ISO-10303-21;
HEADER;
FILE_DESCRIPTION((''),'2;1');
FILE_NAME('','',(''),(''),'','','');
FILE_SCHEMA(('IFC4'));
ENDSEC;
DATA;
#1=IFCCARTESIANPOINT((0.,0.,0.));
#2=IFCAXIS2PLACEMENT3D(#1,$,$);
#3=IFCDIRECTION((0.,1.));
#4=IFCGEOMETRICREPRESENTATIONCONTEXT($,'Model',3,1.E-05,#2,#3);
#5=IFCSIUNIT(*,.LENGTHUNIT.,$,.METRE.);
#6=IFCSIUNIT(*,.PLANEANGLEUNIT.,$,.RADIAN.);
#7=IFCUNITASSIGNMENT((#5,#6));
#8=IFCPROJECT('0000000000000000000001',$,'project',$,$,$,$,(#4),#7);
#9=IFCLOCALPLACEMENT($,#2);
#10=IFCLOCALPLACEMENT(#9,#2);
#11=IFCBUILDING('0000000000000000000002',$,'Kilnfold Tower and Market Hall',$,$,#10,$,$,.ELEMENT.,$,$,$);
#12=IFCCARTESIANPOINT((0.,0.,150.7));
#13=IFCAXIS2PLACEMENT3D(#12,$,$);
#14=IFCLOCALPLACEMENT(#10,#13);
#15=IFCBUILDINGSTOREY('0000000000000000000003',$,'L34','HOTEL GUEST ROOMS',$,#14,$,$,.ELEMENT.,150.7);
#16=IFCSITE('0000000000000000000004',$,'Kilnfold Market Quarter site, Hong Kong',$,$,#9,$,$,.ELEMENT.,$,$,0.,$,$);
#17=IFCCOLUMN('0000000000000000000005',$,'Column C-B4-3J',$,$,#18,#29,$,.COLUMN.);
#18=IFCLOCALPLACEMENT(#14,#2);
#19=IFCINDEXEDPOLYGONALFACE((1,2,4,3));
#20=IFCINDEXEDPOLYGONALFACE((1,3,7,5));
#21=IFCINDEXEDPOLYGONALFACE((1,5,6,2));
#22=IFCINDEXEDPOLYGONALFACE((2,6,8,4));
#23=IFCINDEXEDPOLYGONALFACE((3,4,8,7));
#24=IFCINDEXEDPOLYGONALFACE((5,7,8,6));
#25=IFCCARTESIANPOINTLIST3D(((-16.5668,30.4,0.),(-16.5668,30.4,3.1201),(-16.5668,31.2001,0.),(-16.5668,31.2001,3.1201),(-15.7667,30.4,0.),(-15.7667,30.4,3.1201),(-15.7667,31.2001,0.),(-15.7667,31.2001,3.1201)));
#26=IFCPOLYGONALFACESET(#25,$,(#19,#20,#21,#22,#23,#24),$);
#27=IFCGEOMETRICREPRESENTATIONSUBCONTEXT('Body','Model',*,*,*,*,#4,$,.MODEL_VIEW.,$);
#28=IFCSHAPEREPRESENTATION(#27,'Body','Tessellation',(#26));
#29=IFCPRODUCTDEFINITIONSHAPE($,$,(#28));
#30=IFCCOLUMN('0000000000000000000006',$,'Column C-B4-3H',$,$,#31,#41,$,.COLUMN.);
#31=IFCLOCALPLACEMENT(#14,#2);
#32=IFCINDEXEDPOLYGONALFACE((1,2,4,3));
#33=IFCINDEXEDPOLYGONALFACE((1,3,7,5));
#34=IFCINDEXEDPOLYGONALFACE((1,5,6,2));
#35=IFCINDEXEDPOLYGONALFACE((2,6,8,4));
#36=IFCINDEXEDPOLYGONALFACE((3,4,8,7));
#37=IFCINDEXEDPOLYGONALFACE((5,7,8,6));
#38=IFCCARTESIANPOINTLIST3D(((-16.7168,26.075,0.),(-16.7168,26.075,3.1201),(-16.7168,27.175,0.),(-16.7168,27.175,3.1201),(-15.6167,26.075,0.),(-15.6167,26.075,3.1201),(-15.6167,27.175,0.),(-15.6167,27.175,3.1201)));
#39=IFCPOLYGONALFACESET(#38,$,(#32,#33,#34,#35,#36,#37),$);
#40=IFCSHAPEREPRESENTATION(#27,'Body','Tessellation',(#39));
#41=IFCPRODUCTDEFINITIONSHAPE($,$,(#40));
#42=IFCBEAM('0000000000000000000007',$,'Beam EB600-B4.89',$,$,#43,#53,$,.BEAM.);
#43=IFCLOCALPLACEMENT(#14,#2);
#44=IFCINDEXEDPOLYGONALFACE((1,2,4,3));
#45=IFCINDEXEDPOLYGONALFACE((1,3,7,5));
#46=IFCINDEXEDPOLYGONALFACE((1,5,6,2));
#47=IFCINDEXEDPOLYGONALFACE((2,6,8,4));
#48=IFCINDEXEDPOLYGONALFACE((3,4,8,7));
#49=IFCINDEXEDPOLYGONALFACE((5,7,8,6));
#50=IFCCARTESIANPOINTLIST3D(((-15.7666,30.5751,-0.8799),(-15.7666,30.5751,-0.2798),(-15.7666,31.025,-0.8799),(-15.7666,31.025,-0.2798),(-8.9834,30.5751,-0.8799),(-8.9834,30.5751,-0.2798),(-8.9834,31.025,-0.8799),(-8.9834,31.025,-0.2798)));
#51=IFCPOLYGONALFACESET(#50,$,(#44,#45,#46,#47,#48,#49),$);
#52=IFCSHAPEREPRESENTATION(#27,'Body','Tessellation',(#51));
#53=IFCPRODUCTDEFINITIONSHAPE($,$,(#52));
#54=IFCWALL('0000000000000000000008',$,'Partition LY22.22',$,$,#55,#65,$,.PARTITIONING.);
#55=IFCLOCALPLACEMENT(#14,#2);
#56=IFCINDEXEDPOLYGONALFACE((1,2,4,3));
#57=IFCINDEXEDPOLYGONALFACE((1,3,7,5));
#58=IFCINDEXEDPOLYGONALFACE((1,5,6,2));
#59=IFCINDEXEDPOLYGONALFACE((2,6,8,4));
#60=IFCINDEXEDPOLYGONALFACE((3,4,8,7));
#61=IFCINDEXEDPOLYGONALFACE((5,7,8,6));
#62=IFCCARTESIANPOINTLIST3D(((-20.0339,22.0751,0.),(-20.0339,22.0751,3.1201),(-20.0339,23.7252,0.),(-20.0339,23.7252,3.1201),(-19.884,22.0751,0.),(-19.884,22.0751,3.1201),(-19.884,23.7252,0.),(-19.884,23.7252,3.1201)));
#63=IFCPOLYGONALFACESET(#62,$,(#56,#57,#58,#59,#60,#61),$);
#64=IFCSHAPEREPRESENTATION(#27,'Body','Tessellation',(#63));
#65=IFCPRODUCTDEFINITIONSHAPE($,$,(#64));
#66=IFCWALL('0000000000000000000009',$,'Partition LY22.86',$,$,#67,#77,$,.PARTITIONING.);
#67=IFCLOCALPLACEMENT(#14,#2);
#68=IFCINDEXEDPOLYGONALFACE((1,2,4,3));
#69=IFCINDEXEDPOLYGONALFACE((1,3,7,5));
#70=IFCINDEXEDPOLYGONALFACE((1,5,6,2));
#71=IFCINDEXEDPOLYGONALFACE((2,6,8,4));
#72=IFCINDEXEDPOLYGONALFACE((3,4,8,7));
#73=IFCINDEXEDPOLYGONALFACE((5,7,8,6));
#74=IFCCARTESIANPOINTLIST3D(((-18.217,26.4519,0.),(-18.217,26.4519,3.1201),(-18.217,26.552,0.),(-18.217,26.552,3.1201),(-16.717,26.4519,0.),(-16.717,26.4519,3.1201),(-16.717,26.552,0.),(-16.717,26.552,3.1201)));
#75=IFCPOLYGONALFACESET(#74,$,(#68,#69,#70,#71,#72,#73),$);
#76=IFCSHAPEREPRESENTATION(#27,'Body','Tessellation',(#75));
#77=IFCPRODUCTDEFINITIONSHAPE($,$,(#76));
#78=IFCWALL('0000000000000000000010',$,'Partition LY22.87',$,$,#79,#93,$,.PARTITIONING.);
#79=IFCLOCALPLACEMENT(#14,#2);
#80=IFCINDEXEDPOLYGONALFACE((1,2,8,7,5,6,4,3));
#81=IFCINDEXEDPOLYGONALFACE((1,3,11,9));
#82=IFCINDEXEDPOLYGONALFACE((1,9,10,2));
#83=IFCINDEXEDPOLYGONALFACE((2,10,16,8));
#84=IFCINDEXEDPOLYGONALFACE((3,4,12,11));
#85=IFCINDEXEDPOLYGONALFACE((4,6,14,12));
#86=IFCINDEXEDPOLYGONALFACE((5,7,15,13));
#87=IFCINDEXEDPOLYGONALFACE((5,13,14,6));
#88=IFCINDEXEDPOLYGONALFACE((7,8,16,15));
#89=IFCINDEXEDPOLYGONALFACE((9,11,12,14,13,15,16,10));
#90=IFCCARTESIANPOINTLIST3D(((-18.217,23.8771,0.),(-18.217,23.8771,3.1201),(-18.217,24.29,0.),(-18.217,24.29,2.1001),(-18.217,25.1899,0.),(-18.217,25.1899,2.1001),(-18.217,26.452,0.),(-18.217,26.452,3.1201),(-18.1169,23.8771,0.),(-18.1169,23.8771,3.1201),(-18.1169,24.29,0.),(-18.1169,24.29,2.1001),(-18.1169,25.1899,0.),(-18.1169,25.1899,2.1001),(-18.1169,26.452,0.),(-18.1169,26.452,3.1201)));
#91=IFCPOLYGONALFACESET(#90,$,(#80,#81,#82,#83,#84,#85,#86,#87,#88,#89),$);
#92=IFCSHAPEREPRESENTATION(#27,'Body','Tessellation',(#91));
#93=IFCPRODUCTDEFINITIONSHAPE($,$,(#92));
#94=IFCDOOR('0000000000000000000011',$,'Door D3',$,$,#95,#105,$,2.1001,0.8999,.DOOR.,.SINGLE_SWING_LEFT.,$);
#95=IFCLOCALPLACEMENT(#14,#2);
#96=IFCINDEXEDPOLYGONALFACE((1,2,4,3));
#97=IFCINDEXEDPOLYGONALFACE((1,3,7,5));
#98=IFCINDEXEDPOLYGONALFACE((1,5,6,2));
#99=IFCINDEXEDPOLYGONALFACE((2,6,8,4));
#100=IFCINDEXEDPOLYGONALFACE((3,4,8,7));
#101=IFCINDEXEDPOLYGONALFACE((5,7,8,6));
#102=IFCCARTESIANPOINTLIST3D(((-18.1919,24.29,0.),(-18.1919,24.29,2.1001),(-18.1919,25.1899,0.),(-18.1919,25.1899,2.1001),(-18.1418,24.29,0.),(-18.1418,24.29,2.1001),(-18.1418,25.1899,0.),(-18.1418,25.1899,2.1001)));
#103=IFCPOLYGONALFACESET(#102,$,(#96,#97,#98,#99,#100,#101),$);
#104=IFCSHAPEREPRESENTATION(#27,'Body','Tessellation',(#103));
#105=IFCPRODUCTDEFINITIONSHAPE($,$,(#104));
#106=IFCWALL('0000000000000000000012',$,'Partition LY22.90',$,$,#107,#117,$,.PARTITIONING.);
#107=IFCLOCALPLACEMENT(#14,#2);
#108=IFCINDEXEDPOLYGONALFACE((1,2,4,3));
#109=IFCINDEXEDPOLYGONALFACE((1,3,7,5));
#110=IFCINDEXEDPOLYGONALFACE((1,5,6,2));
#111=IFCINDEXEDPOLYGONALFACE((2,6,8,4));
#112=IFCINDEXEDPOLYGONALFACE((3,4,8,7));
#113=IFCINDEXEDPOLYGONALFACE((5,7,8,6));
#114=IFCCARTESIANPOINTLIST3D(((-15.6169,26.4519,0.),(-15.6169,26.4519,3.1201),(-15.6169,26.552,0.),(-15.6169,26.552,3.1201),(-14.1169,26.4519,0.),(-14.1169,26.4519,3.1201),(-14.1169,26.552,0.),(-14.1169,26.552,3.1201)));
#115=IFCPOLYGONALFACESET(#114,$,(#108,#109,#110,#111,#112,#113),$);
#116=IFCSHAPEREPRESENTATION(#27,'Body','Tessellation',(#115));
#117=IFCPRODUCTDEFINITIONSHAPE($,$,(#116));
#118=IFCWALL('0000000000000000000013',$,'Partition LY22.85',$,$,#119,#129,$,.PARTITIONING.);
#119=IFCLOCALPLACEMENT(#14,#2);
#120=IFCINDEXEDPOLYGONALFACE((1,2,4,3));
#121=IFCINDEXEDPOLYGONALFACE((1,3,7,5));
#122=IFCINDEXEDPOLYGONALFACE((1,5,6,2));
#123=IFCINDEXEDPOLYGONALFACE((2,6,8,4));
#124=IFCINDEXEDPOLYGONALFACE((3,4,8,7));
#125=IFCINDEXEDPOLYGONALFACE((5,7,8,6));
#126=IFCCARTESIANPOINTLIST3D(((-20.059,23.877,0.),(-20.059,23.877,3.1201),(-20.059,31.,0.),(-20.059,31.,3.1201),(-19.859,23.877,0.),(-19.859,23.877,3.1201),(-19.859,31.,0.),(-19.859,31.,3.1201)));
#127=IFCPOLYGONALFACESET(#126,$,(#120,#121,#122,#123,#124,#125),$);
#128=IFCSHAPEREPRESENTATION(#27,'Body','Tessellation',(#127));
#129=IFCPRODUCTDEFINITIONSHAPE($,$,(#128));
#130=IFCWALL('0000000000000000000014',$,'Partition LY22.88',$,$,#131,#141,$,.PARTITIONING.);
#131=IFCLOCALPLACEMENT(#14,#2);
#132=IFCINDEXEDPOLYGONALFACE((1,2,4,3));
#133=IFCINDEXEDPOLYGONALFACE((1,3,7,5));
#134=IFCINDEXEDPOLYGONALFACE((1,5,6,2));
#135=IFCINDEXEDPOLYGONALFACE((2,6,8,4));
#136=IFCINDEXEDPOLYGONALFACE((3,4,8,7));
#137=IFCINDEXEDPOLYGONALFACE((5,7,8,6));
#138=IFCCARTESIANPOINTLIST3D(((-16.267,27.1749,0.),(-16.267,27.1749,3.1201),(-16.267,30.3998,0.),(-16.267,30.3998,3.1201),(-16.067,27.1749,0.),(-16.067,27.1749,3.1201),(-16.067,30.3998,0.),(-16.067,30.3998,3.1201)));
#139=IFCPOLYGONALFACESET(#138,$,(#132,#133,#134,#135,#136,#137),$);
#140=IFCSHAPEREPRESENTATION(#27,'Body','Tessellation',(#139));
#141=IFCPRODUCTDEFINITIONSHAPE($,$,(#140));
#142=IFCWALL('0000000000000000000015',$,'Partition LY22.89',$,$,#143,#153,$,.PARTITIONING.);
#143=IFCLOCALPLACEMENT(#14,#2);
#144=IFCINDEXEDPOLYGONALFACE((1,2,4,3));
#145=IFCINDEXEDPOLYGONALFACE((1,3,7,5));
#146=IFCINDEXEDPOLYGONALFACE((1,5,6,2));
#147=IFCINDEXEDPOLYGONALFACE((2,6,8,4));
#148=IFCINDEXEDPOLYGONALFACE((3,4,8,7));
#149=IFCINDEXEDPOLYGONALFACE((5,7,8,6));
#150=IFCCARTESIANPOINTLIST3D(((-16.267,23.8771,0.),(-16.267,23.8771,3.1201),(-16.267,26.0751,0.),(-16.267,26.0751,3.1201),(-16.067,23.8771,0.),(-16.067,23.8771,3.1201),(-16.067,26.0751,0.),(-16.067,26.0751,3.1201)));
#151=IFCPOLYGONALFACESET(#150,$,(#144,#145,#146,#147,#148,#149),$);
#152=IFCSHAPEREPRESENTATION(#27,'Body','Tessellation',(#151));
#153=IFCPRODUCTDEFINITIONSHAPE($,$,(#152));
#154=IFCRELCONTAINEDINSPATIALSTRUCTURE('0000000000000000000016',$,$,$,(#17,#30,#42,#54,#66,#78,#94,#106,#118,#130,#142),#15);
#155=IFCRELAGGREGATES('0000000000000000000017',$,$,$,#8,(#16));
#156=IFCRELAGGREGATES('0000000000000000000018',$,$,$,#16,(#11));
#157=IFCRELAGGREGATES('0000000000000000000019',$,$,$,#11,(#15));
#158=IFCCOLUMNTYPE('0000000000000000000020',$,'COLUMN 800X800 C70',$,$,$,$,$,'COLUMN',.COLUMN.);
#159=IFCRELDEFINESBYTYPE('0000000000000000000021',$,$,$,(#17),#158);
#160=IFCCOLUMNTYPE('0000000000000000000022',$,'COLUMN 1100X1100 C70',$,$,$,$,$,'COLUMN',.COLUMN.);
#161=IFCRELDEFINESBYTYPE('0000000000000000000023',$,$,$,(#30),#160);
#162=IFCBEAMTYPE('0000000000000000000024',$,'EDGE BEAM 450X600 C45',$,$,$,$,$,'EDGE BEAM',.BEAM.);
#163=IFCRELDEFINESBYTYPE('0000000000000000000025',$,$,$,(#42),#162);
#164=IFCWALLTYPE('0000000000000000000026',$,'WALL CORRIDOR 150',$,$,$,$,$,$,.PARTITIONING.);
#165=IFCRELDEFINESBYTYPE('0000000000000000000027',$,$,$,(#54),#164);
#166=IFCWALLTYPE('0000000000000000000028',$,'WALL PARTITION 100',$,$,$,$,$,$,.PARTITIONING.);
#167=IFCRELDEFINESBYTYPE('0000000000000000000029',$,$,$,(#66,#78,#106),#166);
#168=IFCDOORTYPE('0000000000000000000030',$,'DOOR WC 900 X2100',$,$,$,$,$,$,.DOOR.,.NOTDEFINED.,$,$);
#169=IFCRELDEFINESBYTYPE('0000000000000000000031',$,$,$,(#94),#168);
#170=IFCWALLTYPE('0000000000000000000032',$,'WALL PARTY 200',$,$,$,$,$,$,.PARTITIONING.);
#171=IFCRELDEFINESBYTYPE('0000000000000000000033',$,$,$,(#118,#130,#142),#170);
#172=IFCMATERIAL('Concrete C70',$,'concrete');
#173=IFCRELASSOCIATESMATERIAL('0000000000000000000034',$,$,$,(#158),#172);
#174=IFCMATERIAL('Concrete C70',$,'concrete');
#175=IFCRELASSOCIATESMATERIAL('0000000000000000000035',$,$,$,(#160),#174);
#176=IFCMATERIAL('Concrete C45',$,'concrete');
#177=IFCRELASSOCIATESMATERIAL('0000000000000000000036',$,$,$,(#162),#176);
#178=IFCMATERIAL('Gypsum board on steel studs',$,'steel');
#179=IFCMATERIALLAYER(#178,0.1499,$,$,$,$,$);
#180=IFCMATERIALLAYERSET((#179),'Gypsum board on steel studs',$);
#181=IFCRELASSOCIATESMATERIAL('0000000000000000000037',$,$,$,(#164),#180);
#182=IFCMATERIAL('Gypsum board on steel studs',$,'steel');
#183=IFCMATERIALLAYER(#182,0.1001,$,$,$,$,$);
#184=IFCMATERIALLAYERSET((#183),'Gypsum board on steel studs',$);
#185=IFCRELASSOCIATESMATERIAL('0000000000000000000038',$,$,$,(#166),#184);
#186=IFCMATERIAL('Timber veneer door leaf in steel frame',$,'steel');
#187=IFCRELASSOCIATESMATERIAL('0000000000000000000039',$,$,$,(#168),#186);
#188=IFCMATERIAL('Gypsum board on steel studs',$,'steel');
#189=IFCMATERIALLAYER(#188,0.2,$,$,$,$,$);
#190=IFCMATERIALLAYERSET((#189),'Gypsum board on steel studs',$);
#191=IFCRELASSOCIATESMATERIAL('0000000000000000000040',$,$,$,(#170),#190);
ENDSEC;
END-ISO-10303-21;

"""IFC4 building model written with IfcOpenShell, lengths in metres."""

from ifc_helpers import new_model, si_unit, direction, frame, frame_2d, origin, origin_2d, place, context, subcontext, project, spatial, rectangle, extrude, source, transform, mapped, material, layer, layer_set, material_profile, profile_set, type_object, element, fill, save


model = new_model("IFC4")

# Units and contexts
model_context = context("Model", 3, precision=1e-05, world=origin(), true_north=direction((0.0, 1.0)))
body_context = subcontext(model_context, "Body", "Model", "MODEL_VIEW")
ifc_project = project(units=[si_unit("LENGTHUNIT", "METRE"), si_unit("PLANEANGLEUNIT", "RADIAN")], contexts=[model_context])

# Site, building, storey
site_placement = place(None, origin())
site = spatial("IfcSite", under=ifc_project, at=site_placement, Name="Kilnfold Market Quarter site, Hong Kong", CompositionType="ELEMENT", RefElevation=0.0)
building_placement = place(site_placement, origin())
building = spatial("IfcBuilding", under=site, at=building_placement, Name="Kilnfold Tower and Market Hall", CompositionType="ELEMENT")
storey_placement = place(building_placement, frame((0.0, 0.0, 150.7)))
storey = spatial("IfcBuildingStorey", under=building, at=storey_placement, Name="L34", Description="HOTEL GUEST ROOMS", CompositionType="ELEMENT", Elevation=150.7)

# Columns
ifc_material_1 = material(Name="Concrete C70", Category="concrete")
ifc_material_profile_1 = material_profile(ifc_material_1, rectangle(XDim=0.8, YDim=0.8, at=origin_2d()), Name="RC 800x800")
ifc_profile_set_1 = profile_set([ifc_material_profile_1], Name="Concrete C70")
column_type_1 = type_object("IfcColumnType", Name="COLUMN 800X800 C70", ElementType="COLUMN", PredefinedType="COLUMN", material=ifc_profile_set_1)
shared_shape_1 = source(origin(), body_context, "Body", "SweptSolid", [
    extrude(rectangle(XDim=0.8, YDim=0.8, at=origin_2d()), origin(), (0.0, 0.0, 1.0), 3.1201),
])
column_1_placement = place(storey_placement, frame((-16.1667, 30.8, 0.0), z_axis=(0.0, 0.0, 1.0), x_axis=(1.0, 0.0, 0.0)))
element("IfcColumn", 1, at=column_1_placement, inside=storey, type_object=column_type_1, Name="Column C-B4-3J", PredefinedType="COLUMN", context=body_context, shape_type="MappedRepresentation", body=[
    mapped(shared_shape_1, transform((0.0, 0.0, 0.0))),
])
ifc_material_2 = material(Name="Concrete C70", Category="concrete")
ifc_material_profile_2 = material_profile(ifc_material_2, rectangle(XDim=1.1001, YDim=1.1001, at=origin_2d()), Name="RC 1100x1100")
ifc_profile_set_2 = profile_set([ifc_material_profile_2], Name="Concrete C70")
column_type_2 = type_object("IfcColumnType", Name="COLUMN 1100X1100 C70", ElementType="COLUMN", PredefinedType="COLUMN", material=ifc_profile_set_2)
shared_shape_2 = source(origin(), body_context, "Body", "SweptSolid", [
    extrude(rectangle(XDim=1.1001, YDim=1.1001, at=origin_2d()), origin(), (0.0, 0.0, 1.0), 3.1201),
])
column_2_placement = place(storey_placement, frame((-16.1667, 26.625, 0.0), z_axis=(0.0, 0.0, 1.0), x_axis=(1.0, 0.0, 0.0)))
element("IfcColumn", 2, at=column_2_placement, inside=storey, type_object=column_type_2, Name="Column C-B4-3H", PredefinedType="COLUMN", context=body_context, shape_type="MappedRepresentation", body=[
    mapped(shared_shape_2, transform((0.0, 0.0, 0.0))),
])

# Beam
ifc_material_3 = material(Name="Concrete C45", Category="concrete")
ifc_material_profile_3 = material_profile(ifc_material_3, rectangle(XDim=0.45, YDim=0.6001, at=origin_2d()), Name="RC 450x600")
ifc_profile_set_3 = profile_set([ifc_material_profile_3], Name="Concrete C45")
beam_type = type_object("IfcBeamType", Name="EDGE BEAM 450X600 C45", ElementType="EDGE BEAM", PredefinedType="BEAM", material=ifc_profile_set_3)
shared_shape_3 = source(origin(), body_context, "Body", "SweptSolid", [
    extrude(rectangle(XDim=0.45, YDim=0.6001, at=origin_2d()), origin(), (0.0, 0.0, 1.0), 6.7832),
])
beam_placement = place(storey_placement, frame((-15.7666, 30.8, -0.5798), z_axis=(1.0, 0.0, 0.0), x_axis=(0.0, 1.0, 0.0)))
element("IfcBeam", 3, at=beam_placement, inside=storey, type_object=beam_type, Name="Beam EB600-B4.89", PredefinedType="BEAM", context=body_context, shape_type="MappedRepresentation", body=[
    mapped(shared_shape_3, transform((0.0, 0.0, 0.0))),
])

# Walls
ifc_material_4 = material(Name="Gypsum board on steel studs", Category="steel")
ifc_layer_1 = layer(ifc_material_4, 0.1499)
ifc_layer_set_1 = layer_set([ifc_layer_1], Name="Gypsum board on steel studs")
wall_type_1 = type_object("IfcWallType", Name="WALL CORRIDOR 150", PredefinedType="PARTITIONING", material=ifc_layer_set_1)
wall_1_placement = place(storey_placement, frame((-19.959, 22.075, 0.0), z_axis=(0.0, 0.0, 1.0), x_axis=(0.0, 1.0, 0.0)))
element("IfcWall", 4, at=wall_1_placement, inside=storey, type_object=wall_type_1, Name="Partition LY22.22", PredefinedType="PARTITIONING", context=body_context, shape_type="SweptSolid", body=[
    extrude(rectangle(XDim=1.6501, YDim=0.1499, at=frame_2d((0.8252, 0.0))), origin(), (0.0, 0.0, 1.0), 3.1201),
])
ifc_material_5 = material(Name="Gypsum board on steel studs", Category="steel")
ifc_layer_2 = layer(ifc_material_5, 0.1001)
ifc_layer_set_2 = layer_set([ifc_layer_2], Name="Gypsum board on steel studs")
wall_type_2 = type_object("IfcWallType", Name="WALL PARTITION 100", PredefinedType="PARTITIONING", material=ifc_layer_set_2)
wall_2_placement = place(storey_placement, frame((-18.217, 26.502, 0.0), z_axis=(0.0, 0.0, 1.0), x_axis=(1.0, 0.0, 0.0)))
element("IfcWall", 5, at=wall_2_placement, inside=storey, type_object=wall_type_2, Name="Partition LY22.86", PredefinedType="PARTITIONING", context=body_context, shape_type="SweptSolid", body=[
    extrude(rectangle(XDim=1.5, YDim=0.1001, at=frame_2d((0.75, 0.0))), origin(), (0.0, 0.0, 1.0), 3.1201),
])

# Wall, opening, door
wall_3_placement = place(storey_placement, frame((-18.167, 23.877, 0.0), z_axis=(0.0, 0.0, 1.0), x_axis=(0.0, 1.0, 0.0)))
wall_3 = element("IfcWall", 6, at=wall_3_placement, inside=storey, type_object=wall_type_2, Name="Partition LY22.87", PredefinedType="PARTITIONING", context=body_context, shape_type="SweptSolid", body=[
    extrude(rectangle(XDim=2.575, YDim=0.1001, at=frame_2d((1.2876, 0.0))), origin(), (0.0, 0.0, 1.0), 3.1201),
])
opening_1_placement = place(wall_3_placement, frame((0.4131, 0.0, 0.0)))
opening_1 = element("IfcOpeningElement", 7, at=opening_1_placement, cuts=wall_3, PredefinedType="OPENING", context=body_context, shape_type="SweptSolid", body=[
    extrude(rectangle(XDim=0.8999, YDim=2.1001, at=frame_2d((0.45, 1.05))), frame((0.0, 0.0601, 0.0), z_axis=(0.0, -1.0, 0.0), x_axis=(1.0, 0.0, 0.0)), (0.0, 0.0, 1.0), 0.1201),
])
ifc_material_6 = material(Name="Timber veneer door leaf in steel frame", Category="steel")
door_type_1 = type_object("IfcDoorType", Name="DOOR WC 900 X2100", OperationType="NOTDEFINED", PredefinedType="DOOR", material=ifc_material_6)
door_1_placement = place(opening_1_placement, origin())
door_1 = element("IfcDoor", 8, at=door_1_placement, inside=storey, type_object=door_type_1, Name="Door D3", OperationType="SINGLE_SWING_LEFT", OverallHeight=2.1001, OverallWidth=0.8999, PredefinedType="DOOR", context=body_context, shape_type="SweptSolid", body=[
    extrude(rectangle(XDim=0.8999, YDim=2.1001, at=frame_2d((0.45, 1.05))), frame((0.0, 0.0249, 0.0), z_axis=(0.0, -1.0, 0.0), x_axis=(1.0, 0.0, 0.0)), (0.0, 0.0, 1.0), 0.05),
])
fill(opening_1, door_1)

# Walls
wall_4_placement = place(storey_placement, frame((-15.6169, 26.502, 0.0), z_axis=(0.0, 0.0, 1.0), x_axis=(1.0, 0.0, 0.0)))
element("IfcWall", 9, at=wall_4_placement, inside=storey, type_object=wall_type_2, Name="Partition LY22.90", PredefinedType="PARTITIONING", context=body_context, shape_type="SweptSolid", body=[
    extrude(rectangle(XDim=1.5, YDim=0.1001, at=frame_2d((0.75, 0.0))), origin(), (0.0, 0.0, 1.0), 3.1201),
])
ifc_material_7 = material(Name="Gypsum board on steel studs", Category="steel")
ifc_layer_3 = layer(ifc_material_7, 0.2)
ifc_layer_set_3 = layer_set([ifc_layer_3], Name="Gypsum board on steel studs")
wall_type_3 = type_object("IfcWallType", Name="WALL PARTY 200", PredefinedType="PARTITIONING", material=ifc_layer_set_3)
wall_5_placement = place(storey_placement, frame((-19.959, 23.877, 0.0), z_axis=(0.0, 0.0, 1.0), x_axis=(0.0, 1.0, 0.0)))
element("IfcWall", 10, at=wall_5_placement, inside=storey, type_object=wall_type_3, Name="Partition LY22.85", PredefinedType="PARTITIONING", context=body_context, shape_type="SweptSolid", body=[
    extrude(rectangle(XDim=7.123, YDim=0.2, at=frame_2d((3.5615, 0.0))), origin(), (0.0, 0.0, 1.0), 3.1201),
])
wall_6_placement = place(storey_placement, frame((-16.167, 27.175, 0.0), z_axis=(0.0, 0.0, 1.0), x_axis=(0.0, 1.0, 0.0)))
element("IfcWall", 11, at=wall_6_placement, inside=storey, type_object=wall_type_3, Name="Partition LY22.88", PredefinedType="PARTITIONING", context=body_context, shape_type="SweptSolid", body=[
    extrude(rectangle(XDim=3.2249, YDim=0.2, at=frame_2d((1.6123, 0.0))), origin(), (0.0, 0.0, 1.0), 3.1201),
])
wall_7_placement = place(storey_placement, frame((-16.167, 23.877, 0.0), z_axis=(0.0, 0.0, 1.0), x_axis=(0.0, 1.0, 0.0)))
element("IfcWall", 12, at=wall_7_placement, inside=storey, type_object=wall_type_3, Name="Partition LY22.89", PredefinedType="PARTITIONING", context=body_context, shape_type="SweptSolid", body=[
    extrude(rectangle(XDim=2.198, YDim=0.2, at=frame_2d((1.0991, 0.0))), origin(), (0.0, 0.0, 1.0), 3.1201),
])

save(model, "model.ifc")
